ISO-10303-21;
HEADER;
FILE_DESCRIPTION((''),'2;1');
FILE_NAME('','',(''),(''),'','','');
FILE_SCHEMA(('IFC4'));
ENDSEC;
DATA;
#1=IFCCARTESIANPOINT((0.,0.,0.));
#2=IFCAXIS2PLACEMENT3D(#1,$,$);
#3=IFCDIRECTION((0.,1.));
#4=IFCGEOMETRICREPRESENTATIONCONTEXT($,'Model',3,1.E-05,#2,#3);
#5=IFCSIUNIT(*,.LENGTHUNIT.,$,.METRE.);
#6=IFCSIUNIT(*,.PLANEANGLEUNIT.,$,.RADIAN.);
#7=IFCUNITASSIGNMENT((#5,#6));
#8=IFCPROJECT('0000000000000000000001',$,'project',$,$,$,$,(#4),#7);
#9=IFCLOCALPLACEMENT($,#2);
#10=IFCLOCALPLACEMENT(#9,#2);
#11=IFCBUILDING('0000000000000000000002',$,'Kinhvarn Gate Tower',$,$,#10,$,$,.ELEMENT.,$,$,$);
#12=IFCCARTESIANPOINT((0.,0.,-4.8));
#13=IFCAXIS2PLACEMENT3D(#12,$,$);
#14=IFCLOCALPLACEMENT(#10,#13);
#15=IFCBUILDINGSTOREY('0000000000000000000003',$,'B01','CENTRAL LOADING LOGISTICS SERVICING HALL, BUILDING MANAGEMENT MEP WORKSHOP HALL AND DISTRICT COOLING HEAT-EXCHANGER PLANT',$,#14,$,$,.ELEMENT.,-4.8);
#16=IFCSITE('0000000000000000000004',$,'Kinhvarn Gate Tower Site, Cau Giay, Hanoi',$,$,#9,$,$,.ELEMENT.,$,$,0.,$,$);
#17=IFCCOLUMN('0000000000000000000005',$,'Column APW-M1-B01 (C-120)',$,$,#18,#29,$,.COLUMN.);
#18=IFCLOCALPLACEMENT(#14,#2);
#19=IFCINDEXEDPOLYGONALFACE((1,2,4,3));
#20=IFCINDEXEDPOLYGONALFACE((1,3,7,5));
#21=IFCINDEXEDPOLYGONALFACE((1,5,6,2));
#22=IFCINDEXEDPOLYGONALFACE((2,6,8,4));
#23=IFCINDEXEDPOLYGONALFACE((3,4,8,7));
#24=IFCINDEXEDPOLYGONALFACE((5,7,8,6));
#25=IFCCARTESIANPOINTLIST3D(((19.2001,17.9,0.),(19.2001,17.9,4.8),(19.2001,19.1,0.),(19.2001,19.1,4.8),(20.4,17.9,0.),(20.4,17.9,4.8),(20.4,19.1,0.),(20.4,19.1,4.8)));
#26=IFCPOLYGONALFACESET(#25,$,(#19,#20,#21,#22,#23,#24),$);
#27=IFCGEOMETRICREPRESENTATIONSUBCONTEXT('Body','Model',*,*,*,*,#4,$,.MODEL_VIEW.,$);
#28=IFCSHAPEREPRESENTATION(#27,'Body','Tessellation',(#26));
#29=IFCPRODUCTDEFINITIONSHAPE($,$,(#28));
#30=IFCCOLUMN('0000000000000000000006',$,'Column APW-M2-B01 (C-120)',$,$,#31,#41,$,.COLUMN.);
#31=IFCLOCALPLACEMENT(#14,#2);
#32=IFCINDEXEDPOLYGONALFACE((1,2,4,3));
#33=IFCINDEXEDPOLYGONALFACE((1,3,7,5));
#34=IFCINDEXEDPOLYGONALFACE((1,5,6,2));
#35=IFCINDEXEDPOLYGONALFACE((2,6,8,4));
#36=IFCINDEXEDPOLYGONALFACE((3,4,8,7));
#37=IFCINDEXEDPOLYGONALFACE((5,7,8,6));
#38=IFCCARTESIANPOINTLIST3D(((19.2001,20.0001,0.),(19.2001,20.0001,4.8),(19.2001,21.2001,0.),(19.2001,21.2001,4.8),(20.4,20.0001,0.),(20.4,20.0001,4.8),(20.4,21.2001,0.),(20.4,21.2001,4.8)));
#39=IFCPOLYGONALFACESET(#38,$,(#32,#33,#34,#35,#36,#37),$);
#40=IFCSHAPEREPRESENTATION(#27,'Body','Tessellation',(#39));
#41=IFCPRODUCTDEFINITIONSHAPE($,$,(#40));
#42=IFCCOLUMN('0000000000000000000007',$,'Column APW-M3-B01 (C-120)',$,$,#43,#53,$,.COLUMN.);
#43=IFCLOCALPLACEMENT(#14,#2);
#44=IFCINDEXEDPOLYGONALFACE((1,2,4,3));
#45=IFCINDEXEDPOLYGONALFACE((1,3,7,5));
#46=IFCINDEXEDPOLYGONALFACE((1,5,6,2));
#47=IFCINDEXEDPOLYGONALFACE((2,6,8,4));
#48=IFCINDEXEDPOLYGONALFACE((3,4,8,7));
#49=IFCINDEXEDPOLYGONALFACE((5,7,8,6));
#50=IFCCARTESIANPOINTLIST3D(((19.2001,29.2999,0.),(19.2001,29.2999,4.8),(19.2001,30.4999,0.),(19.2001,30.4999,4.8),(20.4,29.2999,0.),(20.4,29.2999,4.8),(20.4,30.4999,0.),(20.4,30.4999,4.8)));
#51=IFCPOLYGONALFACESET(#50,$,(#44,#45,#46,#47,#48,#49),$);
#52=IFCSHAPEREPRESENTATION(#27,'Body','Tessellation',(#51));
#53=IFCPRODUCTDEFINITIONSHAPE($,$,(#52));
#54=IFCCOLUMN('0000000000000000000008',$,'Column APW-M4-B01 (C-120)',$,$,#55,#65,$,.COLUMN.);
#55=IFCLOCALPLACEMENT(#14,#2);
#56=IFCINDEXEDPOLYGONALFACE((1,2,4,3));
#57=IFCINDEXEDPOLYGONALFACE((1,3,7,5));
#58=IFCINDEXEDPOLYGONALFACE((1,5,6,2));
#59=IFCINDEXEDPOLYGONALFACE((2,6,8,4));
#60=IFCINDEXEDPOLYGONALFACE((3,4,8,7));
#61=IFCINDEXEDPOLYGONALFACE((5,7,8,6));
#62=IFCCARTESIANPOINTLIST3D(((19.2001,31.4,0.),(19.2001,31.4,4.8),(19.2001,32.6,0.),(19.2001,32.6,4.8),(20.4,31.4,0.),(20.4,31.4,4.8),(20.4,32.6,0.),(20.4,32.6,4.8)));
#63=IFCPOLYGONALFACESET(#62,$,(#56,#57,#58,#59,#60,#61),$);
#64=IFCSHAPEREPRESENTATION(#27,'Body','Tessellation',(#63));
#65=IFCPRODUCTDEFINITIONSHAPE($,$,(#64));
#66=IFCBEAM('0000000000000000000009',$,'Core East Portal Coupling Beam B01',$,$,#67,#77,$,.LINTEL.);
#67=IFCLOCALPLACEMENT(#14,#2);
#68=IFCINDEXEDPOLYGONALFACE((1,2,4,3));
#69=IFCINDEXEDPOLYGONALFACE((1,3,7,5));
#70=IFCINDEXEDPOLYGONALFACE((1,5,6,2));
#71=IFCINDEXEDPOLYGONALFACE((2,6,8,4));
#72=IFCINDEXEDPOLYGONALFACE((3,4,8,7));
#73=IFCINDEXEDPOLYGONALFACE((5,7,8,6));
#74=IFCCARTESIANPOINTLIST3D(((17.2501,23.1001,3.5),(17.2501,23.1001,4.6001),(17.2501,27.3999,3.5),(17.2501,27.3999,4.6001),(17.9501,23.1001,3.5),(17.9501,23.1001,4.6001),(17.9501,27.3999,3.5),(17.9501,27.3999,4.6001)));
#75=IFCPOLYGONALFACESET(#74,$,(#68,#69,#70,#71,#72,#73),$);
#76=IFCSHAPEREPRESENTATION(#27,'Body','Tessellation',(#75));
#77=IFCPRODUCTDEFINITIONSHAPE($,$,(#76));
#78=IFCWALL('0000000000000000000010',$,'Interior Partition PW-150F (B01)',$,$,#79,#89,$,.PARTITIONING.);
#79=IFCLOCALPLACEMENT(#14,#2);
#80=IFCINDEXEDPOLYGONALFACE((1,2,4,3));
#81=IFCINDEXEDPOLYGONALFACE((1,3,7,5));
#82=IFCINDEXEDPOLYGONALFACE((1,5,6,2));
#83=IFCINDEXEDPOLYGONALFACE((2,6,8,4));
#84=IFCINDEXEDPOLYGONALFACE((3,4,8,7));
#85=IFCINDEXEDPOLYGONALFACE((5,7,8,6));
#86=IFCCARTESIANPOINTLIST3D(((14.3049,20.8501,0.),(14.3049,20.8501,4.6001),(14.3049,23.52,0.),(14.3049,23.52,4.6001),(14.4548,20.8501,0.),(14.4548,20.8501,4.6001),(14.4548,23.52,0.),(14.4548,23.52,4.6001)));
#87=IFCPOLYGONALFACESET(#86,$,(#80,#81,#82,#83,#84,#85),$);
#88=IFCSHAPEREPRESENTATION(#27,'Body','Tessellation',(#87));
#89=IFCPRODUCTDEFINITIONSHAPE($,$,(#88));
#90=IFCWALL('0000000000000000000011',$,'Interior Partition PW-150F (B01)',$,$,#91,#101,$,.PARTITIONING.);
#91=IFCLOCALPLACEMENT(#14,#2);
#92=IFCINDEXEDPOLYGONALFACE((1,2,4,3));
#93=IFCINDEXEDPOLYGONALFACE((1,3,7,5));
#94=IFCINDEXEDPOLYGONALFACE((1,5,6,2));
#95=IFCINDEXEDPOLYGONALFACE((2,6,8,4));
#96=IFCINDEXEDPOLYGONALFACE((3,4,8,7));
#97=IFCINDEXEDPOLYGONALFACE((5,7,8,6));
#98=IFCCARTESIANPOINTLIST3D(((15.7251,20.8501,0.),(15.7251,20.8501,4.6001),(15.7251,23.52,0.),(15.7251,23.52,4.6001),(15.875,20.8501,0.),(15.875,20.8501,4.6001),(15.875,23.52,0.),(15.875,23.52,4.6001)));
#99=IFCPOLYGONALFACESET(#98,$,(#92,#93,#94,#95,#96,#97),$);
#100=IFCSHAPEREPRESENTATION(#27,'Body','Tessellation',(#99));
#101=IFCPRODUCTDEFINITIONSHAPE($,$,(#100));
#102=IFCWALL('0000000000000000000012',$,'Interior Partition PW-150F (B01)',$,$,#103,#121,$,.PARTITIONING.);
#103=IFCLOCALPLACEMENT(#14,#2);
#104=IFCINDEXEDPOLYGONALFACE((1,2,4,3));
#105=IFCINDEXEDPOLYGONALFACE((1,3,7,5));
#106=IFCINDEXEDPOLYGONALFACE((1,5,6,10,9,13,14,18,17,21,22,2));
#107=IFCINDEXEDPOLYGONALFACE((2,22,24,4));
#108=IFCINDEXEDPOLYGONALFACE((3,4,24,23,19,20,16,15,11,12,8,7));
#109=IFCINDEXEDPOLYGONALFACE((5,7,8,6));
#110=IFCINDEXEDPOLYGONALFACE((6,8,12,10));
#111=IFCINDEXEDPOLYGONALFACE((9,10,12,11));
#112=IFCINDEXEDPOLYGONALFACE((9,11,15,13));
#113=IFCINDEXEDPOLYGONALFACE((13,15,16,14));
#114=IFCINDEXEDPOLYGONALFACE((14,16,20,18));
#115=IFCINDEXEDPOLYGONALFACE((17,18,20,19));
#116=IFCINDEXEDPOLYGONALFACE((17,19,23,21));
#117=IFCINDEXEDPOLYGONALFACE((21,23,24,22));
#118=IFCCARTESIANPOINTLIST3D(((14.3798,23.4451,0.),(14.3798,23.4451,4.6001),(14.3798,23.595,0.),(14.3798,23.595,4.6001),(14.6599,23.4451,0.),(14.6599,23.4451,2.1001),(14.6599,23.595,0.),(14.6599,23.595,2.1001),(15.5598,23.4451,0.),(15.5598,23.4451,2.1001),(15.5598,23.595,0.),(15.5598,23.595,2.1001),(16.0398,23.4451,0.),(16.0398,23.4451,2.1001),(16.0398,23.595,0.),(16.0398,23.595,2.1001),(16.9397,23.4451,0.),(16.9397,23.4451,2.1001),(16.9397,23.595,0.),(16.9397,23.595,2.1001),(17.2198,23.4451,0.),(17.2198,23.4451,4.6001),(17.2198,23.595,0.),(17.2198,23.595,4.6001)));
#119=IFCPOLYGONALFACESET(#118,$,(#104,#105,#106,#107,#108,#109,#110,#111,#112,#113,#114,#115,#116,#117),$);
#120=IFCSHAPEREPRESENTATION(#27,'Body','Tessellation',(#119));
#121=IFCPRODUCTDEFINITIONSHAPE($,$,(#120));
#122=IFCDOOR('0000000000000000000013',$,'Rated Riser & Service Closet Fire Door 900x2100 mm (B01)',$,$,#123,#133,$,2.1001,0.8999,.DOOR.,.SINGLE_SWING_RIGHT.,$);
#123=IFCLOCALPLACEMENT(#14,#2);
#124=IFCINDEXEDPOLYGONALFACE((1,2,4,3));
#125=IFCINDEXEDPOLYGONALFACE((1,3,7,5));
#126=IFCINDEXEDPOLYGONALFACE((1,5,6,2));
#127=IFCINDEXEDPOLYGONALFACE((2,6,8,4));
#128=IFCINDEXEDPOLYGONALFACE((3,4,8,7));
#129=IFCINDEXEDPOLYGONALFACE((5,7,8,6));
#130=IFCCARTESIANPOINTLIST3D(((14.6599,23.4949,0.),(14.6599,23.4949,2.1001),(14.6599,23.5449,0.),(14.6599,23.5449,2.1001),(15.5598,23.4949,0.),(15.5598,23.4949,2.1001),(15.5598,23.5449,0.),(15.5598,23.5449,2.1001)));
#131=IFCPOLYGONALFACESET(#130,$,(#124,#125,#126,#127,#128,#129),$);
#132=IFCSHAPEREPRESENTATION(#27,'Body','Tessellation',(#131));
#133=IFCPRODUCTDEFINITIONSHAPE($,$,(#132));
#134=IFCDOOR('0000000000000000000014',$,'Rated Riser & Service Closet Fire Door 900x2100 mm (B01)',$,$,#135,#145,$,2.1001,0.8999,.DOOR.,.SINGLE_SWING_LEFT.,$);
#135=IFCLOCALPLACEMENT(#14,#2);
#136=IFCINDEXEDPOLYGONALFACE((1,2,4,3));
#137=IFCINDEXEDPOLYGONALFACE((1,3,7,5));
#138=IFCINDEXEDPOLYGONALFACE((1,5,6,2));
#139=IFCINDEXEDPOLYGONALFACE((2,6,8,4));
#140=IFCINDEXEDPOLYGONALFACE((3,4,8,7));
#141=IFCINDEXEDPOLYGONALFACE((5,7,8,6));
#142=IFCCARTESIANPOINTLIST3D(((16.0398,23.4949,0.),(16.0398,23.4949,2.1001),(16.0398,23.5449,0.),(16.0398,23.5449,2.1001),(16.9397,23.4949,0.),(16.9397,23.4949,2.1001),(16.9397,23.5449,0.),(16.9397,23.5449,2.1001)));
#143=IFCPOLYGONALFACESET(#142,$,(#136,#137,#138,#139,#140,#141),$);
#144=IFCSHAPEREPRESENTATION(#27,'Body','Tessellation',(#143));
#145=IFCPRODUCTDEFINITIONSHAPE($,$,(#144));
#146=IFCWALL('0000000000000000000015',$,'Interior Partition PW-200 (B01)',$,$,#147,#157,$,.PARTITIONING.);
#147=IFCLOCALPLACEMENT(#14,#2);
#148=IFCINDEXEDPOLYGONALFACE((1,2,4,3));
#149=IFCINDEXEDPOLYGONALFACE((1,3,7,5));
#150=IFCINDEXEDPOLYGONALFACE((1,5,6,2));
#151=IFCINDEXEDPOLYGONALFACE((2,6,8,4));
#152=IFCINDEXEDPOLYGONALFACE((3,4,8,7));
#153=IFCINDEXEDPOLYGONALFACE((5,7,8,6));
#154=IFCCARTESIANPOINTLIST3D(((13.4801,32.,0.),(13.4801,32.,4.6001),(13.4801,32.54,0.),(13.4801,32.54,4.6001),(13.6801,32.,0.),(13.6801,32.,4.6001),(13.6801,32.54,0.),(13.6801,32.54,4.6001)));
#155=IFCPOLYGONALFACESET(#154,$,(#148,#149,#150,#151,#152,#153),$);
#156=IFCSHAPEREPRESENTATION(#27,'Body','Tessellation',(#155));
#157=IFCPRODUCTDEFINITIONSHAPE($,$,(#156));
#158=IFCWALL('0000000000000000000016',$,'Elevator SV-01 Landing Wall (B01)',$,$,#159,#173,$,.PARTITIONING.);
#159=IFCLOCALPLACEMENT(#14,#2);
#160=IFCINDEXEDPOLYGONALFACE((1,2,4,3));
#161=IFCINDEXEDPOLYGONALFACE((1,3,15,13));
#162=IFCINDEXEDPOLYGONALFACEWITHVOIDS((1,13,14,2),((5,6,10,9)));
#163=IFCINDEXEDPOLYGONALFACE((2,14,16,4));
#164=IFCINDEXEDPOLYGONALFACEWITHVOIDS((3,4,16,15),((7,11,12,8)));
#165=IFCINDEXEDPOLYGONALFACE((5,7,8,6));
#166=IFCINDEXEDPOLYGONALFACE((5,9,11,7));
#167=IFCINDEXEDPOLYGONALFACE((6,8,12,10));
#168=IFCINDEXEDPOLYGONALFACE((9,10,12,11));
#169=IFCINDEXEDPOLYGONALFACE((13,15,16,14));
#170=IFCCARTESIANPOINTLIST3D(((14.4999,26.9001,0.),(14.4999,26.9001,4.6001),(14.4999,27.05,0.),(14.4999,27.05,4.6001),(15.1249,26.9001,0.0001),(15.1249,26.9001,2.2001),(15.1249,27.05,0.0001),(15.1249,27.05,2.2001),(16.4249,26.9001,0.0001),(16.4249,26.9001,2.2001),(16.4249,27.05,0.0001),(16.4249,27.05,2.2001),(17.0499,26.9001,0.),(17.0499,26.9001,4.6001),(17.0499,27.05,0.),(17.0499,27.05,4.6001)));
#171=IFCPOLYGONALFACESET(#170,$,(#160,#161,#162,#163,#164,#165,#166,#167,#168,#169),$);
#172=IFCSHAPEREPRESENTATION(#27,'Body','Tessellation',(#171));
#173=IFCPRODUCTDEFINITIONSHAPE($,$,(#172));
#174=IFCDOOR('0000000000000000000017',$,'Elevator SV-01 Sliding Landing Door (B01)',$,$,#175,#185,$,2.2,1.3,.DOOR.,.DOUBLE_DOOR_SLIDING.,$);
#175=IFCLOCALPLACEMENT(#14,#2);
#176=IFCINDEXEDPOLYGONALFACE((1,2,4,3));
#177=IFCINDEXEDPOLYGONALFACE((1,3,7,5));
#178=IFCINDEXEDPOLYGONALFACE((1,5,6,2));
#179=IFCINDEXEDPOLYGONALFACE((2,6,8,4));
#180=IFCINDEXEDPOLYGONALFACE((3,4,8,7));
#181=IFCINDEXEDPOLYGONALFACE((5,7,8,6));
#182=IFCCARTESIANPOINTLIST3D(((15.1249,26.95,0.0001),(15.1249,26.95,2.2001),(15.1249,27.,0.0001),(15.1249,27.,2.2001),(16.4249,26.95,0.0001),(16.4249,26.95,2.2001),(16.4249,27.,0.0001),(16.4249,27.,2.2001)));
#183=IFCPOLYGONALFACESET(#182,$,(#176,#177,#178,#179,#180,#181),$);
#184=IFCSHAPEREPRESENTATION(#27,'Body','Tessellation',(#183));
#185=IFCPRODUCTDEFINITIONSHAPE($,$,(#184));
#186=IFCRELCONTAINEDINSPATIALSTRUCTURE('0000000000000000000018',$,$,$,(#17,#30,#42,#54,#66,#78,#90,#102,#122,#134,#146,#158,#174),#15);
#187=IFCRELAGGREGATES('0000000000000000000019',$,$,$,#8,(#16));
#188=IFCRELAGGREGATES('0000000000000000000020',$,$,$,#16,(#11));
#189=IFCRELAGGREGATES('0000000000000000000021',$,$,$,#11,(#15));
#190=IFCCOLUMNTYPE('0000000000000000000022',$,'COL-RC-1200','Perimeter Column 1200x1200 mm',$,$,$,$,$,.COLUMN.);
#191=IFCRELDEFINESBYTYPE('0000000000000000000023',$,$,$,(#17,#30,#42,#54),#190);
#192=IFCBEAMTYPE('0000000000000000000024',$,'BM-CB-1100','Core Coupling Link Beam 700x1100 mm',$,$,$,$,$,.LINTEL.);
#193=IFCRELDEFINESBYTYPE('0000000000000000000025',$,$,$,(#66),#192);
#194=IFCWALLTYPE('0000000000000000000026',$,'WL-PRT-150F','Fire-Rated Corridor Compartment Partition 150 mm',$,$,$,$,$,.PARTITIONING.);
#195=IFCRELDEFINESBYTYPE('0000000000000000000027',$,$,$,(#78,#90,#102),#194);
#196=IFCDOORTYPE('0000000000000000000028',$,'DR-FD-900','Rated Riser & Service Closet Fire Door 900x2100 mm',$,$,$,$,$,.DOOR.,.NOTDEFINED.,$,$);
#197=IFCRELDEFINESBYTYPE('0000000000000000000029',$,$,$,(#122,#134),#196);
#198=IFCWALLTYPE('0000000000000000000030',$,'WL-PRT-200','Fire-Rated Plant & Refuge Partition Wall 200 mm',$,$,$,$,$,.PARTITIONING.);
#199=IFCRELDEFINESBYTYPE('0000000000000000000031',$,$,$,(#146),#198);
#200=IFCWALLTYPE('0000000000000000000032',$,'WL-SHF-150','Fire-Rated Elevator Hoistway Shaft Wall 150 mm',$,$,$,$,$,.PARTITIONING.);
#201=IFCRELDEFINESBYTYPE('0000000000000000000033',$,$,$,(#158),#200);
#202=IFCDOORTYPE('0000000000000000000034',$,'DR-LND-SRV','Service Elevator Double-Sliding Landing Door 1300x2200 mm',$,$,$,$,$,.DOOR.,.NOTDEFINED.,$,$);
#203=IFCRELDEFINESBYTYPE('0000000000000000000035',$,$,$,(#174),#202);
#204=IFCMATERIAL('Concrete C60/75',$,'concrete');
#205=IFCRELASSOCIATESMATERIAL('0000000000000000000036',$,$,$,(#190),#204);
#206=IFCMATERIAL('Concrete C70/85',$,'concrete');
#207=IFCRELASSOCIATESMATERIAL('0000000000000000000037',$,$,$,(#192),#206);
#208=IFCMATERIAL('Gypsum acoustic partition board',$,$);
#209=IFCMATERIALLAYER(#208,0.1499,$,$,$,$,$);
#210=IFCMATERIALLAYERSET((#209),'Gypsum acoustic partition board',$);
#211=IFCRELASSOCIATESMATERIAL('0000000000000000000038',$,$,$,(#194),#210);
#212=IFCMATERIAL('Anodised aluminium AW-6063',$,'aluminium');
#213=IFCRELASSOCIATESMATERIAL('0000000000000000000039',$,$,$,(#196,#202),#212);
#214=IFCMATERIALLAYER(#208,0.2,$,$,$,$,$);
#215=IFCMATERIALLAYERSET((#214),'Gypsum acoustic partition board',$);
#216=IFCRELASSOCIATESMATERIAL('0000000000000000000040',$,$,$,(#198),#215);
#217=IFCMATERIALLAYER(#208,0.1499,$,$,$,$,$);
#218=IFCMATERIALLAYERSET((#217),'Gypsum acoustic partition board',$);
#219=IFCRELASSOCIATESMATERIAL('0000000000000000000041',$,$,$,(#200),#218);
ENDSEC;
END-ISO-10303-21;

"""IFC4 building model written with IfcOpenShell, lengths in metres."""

from ifc_helpers import new_model, si_unit, direction, frame, frame_2d, origin, origin_2d, place, context, subcontext, project, spatial, rectangle, extrude, material, layer, layer_set, material_profile, profile_set, type_object, element, fill, save


model = new_model("IFC4")

# Units and contexts
model_context = context("Model", 3, precision=1e-05, world=origin(), true_north=direction((0.0, 1.0)))
body_context = subcontext(model_context, "Body", "Model", "MODEL_VIEW")
ifc_project = project(units=[si_unit("LENGTHUNIT", "METRE"), si_unit("PLANEANGLEUNIT", "RADIAN")], contexts=[model_context])

# Site, building, storey
site_placement = place(None, origin())
site = spatial("IfcSite", under=ifc_project, at=site_placement, Name="Kinhvarn Gate Tower Site, Cau Giay, Hanoi", CompositionType="ELEMENT", RefElevation=0.0)
building_placement = place(site_placement, origin())
building = spatial("IfcBuilding", under=site, at=building_placement, Name="Kinhvarn Gate Tower", CompositionType="ELEMENT")
storey_placement = place(building_placement, frame((0.0, 0.0, -4.8)))
storey = spatial("IfcBuildingStorey", under=building, at=storey_placement, Name="B01", Description="CENTRAL LOADING LOGISTICS SERVICING HALL, BUILDING MANAGEMENT MEP WORKSHOP HALL AND DISTRICT COOLING HEAT-EXCHANGER PLANT", CompositionType="ELEMENT", Elevation=-4.8)

# Columns
ifc_material_1 = material(Name="Concrete C60/75", Category="concrete")
ifc_material_profile_1 = material_profile(ifc_material_1, rectangle(XDim=1.2, YDim=1.2, at=origin_2d()), Name="RC 1200x1200")
ifc_profile_set_1 = profile_set([ifc_material_profile_1], Name="Concrete C60/75")
column_type = type_object("IfcColumnType", Name="COL-RC-1200", Description="Perimeter Column 1200x1200 mm", PredefinedType="COLUMN", material=ifc_profile_set_1)
for number, where, z_axis, x_axis, name in (
    (1, (19.8, 18.5, 0.0), (0.0, 0.0, 1.0), (1.0, 0.0, 0.0), "Column APW-M1-B01 (C-120)"),
    (2, (19.8, 20.6001, 0.0), (0.0, 0.0, 1.0), (1.0, 0.0, 0.0), "Column APW-M2-B01 (C-120)"),
    (3, (19.8, 29.8999, 0.0), (0.0, 0.0, 1.0), (1.0, 0.0, 0.0), "Column APW-M3-B01 (C-120)"),
    (4, (19.8, 32.0, 0.0), (0.0, 0.0, 1.0), (1.0, 0.0, 0.0), "Column APW-M4-B01 (C-120)"),
):
    element("IfcColumn", number, at=place(storey_placement, frame(where, z_axis=z_axis, x_axis=x_axis)), inside=storey, type_object=column_type, Name=name, PredefinedType="COLUMN", context=body_context, shape_type="SweptSolid", body=[
        extrude(rectangle(XDim=1.2, YDim=1.2, at=origin_2d()), origin(), (0.0, 0.0, 1.0), 4.8),
    ])

# Beam
ifc_material_2 = material(Name="Concrete C70/85", Category="concrete")
ifc_material_profile_2 = material_profile(ifc_material_2, rectangle(XDim=0.7, YDim=1.1001, at=origin_2d()), Name="RC 700x1100")
ifc_profile_set_2 = profile_set([ifc_material_profile_2], Name="Concrete C70/85")
beam_type = type_object("IfcBeamType", Name="BM-CB-1100", Description="Core Coupling Link Beam 700x1100 mm", PredefinedType="LINTEL", material=ifc_profile_set_2)
beam_placement = place(storey_placement, frame((17.6001, 23.1001, 4.05), z_axis=(0.0, 1.0, 0.0), x_axis=(-1.0, 0.0, 0.0)))
element("IfcBeam", 5, at=beam_placement, inside=storey, type_object=beam_type, Name="Core East Portal Coupling Beam B01", PredefinedType="LINTEL", context=body_context, shape_type="SweptSolid", body=[
    extrude(rectangle(XDim=0.7, YDim=1.1001, at=origin_2d()), origin(), (0.0, 0.0, 1.0), 4.2998),
])

# Shared definitions
ifc_material_3 = material(Name="Anodised aluminium AW-6063", Category="aluminium")

# Walls
ifc_material_4 = material(Name="Gypsum acoustic partition board")
ifc_layer_1 = layer(ifc_material_4, 0.1499)
ifc_layer_set_1 = layer_set([ifc_layer_1], Name="Gypsum acoustic partition board")
wall_type_1 = type_object("IfcWallType", Name="WL-PRT-150F", Description="Fire-Rated Corridor Compartment Partition 150 mm", PredefinedType="PARTITIONING", material=ifc_layer_set_1)
for number, where, z_axis, x_axis, name in (
    (6, (14.3799, 20.8501, 0.0), (0.0, 0.0, 1.0), (0.0, 1.0, 0.0), "Interior Partition PW-150F (B01)"),
    (7, (15.8, 20.8501, 0.0), (0.0, 0.0, 1.0), (0.0, 1.0, 0.0), "Interior Partition PW-150F (B01)"),
):
    element("IfcWall", number, at=place(storey_placement, frame(where, z_axis=z_axis, x_axis=x_axis)), inside=storey, type_object=wall_type_1, Name=name, PredefinedType="PARTITIONING", context=body_context, shape_type="SweptSolid", body=[
        extrude(rectangle(XDim=2.6699, YDim=0.1499, at=frame_2d((1.335, 0.0))), origin(), (0.0, 0.0, 1.0), 4.6001),
    ])

# Wall, openings, doors
wall_1_placement = place(storey_placement, frame((14.3799, 23.52, 0.0), z_axis=(0.0, 0.0, 1.0), x_axis=(1.0, 0.0, 0.0)))
wall_1 = element("IfcWall", 8, at=wall_1_placement, inside=storey, type_object=wall_type_1, Name="Interior Partition PW-150F (B01)", PredefinedType="PARTITIONING", context=body_context, shape_type="SweptSolid", body=[
    extrude(rectangle(XDim=2.8401, YDim=0.1499, at=frame_2d((1.4199, 0.0))), origin(), (0.0, 0.0, 1.0), 4.6001),
])
opening_1_placement = place(wall_1_placement, frame((0.28, 0.0, 0.0)))
opening_1 = element("IfcOpeningElement", 9, at=opening_1_placement, cuts=wall_1, PredefinedType="OPENING", context=body_context, shape_type="SweptSolid", body=[
    extrude(rectangle(XDim=0.8999, YDim=2.1001, at=frame_2d((0.45, 1.05))), frame((0.0, 0.085, 0.0), z_axis=(0.0, -1.0, 0.0), x_axis=(1.0, 0.0, 0.0)), (0.0, 0.0, 1.0), 0.1699),
])
opening_2_placement = place(wall_1_placement, frame((1.6599, 0.0, 0.0)))
opening_2 = element("IfcOpeningElement", 10, at=opening_2_placement, cuts=wall_1, PredefinedType="OPENING", context=body_context, shape_type="SweptSolid", body=[
    extrude(rectangle(XDim=0.8999, YDim=2.1001, at=frame_2d((0.45, 1.05))), frame((0.0, 0.085, 0.0), z_axis=(0.0, -1.0, 0.0), x_axis=(1.0, 0.0, 0.0)), (0.0, 0.0, 1.0), 0.1699),
])
door_type_1 = type_object("IfcDoorType", Name="DR-FD-900", Description="Rated Riser & Service Closet Fire Door 900x2100 mm", OperationType="NOTDEFINED", PredefinedType="DOOR", material=ifc_material_3)
door_1_placement = place(opening_1_placement, origin())
door_1 = element("IfcDoor", 11, at=door_1_placement, inside=storey, type_object=door_type_1, Name="Rated Riser & Service Closet Fire Door 900x2100 mm (B01)", OperationType="SINGLE_SWING_RIGHT", OverallHeight=2.1001, OverallWidth=0.8999, PredefinedType="DOOR", context=body_context, shape_type="SweptSolid", body=[
    extrude(rectangle(XDim=0.8999, YDim=2.1001, at=frame_2d((0.45, 1.05))), frame((0.0, 0.0249, 0.0), z_axis=(0.0, -1.0, 0.0), x_axis=(1.0, 0.0, 0.0)), (0.0, 0.0, 1.0), 0.05),
])
fill(opening_1, door_1)
door_2_placement = place(opening_2_placement, origin())
door_2 = element("IfcDoor", 12, at=door_2_placement, inside=storey, type_object=door_type_1, Name="Rated Riser & Service Closet Fire Door 900x2100 mm (B01)", OperationType="SINGLE_SWING_LEFT", OverallHeight=2.1001, OverallWidth=0.8999, PredefinedType="DOOR", context=body_context, shape_type="SweptSolid", body=[
    extrude(rectangle(XDim=0.8999, YDim=2.1001, at=frame_2d((0.45, 1.05))), frame((0.0, 0.0249, 0.0), z_axis=(0.0, -1.0, 0.0), x_axis=(1.0, 0.0, 0.0)), (0.0, 0.0, 1.0), 0.05),
])
fill(opening_2, door_2)

# Wall
ifc_layer_2 = layer(ifc_material_4, 0.2)
ifc_layer_set_2 = layer_set([ifc_layer_2], Name="Gypsum acoustic partition board")
wall_type_2 = type_object("IfcWallType", Name="WL-PRT-200", Description="Fire-Rated Plant & Refuge Partition Wall 200 mm", PredefinedType="PARTITIONING", material=ifc_layer_set_2)
wall_2_placement = place(storey_placement, frame((13.5801, 32.0, 0.0), z_axis=(0.0, 0.0, 1.0), x_axis=(0.0, 1.0, 0.0)))
element("IfcWall", 13, at=wall_2_placement, inside=storey, type_object=wall_type_2, Name="Interior Partition PW-200 (B01)", PredefinedType="PARTITIONING", context=body_context, shape_type="SweptSolid", body=[
    extrude(rectangle(XDim=0.54, YDim=0.2, at=frame_2d((0.27, 0.0))), origin(), (0.0, 0.0, 1.0), 4.6001),
])

# Wall, opening, door
ifc_layer_3 = layer(ifc_material_4, 0.1499)
ifc_layer_set_3 = layer_set([ifc_layer_3], Name="Gypsum acoustic partition board")
wall_type_3 = type_object("IfcWallType", Name="WL-SHF-150", Description="Fire-Rated Elevator Hoistway Shaft Wall 150 mm", PredefinedType="PARTITIONING", material=ifc_layer_set_3)
wall_3_placement = place(storey_placement, frame((14.5, 26.9751, 0.0), z_axis=(0.0, 0.0, 1.0), x_axis=(1.0, 0.0, 0.0)))
wall_3 = element("IfcWall", 14, at=wall_3_placement, inside=storey, type_object=wall_type_3, Name="Elevator SV-01 Landing Wall (B01)", PredefinedType="PARTITIONING", context=body_context, shape_type="SweptSolid", body=[
    extrude(rectangle(XDim=2.55, YDim=0.1499, at=frame_2d((1.2749, 0.0))), origin(), (0.0, 0.0, 1.0), 4.6001),
])
opening_3_placement = place(wall_3_placement, frame((0.625, 0.0, 0.0)))
opening_3 = element("IfcOpeningElement", 15, at=opening_3_placement, cuts=wall_3, PredefinedType="OPENING", context=body_context, shape_type="SweptSolid", body=[
    extrude(rectangle(XDim=1.3, YDim=2.2, at=frame_2d((0.6499, 1.1001))), frame((0.0, 0.085, 0.0), z_axis=(0.0, -1.0, 0.0), x_axis=(1.0, 0.0, 0.0)), (0.0, 0.0, 1.0), 0.1699),
])
door_type_2 = type_object("IfcDoorType", Name="DR-LND-SRV", Description="Service Elevator Double-Sliding Landing Door 1300x2200 mm", OperationType="NOTDEFINED", PredefinedType="DOOR", material=ifc_material_3)
door_3_placement = place(opening_3_placement, origin())
door_3 = element("IfcDoor", 16, at=door_3_placement, inside=storey, type_object=door_type_2, Name="Elevator SV-01 Sliding Landing Door (B01)", OperationType="DOUBLE_DOOR_SLIDING", OverallHeight=2.2, OverallWidth=1.3, PredefinedType="DOOR", context=body_context, shape_type="SweptSolid", body=[
    extrude(rectangle(XDim=1.3, YDim=2.2, at=frame_2d((0.6499, 1.1001))), frame((0.0, 0.0249, 0.0), z_axis=(0.0, -1.0, 0.0), x_axis=(1.0, 0.0, 0.0)), (0.0, 0.0, 1.0), 0.05),
])
fill(opening_3, door_3)

save(model, "model.ifc")
